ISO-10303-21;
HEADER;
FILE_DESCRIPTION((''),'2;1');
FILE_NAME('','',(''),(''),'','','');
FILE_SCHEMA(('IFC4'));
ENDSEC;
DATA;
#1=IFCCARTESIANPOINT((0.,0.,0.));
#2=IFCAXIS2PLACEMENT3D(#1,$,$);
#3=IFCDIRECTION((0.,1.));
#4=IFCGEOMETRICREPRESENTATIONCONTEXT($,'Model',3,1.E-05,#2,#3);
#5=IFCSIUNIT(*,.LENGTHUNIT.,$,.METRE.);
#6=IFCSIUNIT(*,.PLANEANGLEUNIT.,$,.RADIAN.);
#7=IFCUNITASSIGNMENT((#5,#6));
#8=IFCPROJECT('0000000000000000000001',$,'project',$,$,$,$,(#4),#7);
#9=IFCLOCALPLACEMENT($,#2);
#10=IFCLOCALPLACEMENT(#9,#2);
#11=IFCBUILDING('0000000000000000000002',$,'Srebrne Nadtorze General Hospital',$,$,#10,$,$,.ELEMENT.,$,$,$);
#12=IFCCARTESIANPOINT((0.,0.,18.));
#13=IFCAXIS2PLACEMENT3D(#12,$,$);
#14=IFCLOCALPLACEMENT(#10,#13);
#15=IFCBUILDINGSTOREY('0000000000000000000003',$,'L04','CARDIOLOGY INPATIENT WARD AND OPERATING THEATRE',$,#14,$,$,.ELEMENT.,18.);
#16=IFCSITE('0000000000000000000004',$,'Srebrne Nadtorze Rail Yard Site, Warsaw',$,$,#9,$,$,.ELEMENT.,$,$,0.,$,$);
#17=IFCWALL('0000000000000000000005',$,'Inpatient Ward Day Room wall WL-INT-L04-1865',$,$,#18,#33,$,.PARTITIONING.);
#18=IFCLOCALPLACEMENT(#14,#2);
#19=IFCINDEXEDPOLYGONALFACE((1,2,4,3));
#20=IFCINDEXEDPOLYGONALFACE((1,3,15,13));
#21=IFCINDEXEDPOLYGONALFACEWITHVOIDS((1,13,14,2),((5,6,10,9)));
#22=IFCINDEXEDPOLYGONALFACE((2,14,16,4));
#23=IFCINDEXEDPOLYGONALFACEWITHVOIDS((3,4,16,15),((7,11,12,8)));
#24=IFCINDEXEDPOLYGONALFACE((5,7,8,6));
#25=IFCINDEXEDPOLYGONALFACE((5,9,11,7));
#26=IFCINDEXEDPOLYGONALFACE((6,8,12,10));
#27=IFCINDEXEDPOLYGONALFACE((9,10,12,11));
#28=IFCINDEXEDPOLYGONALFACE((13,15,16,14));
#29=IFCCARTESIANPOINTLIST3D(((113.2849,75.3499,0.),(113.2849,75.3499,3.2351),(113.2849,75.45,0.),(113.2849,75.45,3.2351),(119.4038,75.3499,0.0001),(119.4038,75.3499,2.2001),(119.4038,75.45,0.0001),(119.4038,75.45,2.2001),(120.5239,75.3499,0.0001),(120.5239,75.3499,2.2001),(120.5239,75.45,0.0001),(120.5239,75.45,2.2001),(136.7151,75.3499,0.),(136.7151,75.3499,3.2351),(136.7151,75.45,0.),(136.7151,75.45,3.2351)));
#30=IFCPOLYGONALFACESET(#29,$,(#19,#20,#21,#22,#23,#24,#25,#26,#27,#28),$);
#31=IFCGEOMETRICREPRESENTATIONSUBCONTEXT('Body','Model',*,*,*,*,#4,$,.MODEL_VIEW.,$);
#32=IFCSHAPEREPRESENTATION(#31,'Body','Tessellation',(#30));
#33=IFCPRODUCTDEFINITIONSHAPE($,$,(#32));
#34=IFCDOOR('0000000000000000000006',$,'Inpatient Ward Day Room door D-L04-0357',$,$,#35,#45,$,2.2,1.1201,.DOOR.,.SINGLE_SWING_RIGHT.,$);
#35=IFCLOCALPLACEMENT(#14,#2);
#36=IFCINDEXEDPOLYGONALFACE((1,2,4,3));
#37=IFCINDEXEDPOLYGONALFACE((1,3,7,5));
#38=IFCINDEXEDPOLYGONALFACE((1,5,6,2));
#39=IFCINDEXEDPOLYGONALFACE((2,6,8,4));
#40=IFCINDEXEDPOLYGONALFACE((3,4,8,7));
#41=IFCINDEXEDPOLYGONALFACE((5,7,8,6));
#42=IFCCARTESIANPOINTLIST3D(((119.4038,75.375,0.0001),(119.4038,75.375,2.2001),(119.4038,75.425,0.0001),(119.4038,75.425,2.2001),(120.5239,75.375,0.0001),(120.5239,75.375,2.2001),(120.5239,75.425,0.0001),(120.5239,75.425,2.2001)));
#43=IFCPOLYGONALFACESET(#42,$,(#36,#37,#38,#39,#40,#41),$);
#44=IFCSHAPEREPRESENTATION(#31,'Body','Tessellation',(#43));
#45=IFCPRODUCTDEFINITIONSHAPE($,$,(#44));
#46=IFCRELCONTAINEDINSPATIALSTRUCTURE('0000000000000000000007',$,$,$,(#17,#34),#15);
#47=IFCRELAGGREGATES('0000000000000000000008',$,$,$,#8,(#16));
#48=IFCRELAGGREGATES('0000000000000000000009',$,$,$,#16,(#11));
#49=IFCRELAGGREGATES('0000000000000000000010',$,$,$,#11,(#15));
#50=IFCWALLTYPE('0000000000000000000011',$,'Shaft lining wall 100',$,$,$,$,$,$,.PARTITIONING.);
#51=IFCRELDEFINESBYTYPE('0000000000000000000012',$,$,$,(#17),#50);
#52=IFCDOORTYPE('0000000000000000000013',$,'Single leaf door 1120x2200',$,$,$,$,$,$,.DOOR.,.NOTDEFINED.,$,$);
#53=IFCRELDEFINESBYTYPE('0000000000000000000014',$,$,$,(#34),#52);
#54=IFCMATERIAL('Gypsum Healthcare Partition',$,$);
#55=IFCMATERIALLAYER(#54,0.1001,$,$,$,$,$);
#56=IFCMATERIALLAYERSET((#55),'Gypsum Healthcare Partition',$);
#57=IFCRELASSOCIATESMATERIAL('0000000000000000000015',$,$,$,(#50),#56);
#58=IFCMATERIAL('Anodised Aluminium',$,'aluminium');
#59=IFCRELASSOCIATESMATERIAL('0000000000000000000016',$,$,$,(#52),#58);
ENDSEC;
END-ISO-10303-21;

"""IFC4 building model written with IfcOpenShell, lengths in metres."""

from ifc_helpers import new_model, si_unit, direction, frame, frame_2d, origin, place, context, subcontext, project, spatial, rectangle, extrude, material, layer, layer_set, type_object, element, fill, save


model = new_model("IFC4")

# Units and contexts
model_context = context("Model", 3, precision=1e-05, world=origin(), true_north=direction((0.0, 1.0)))
body_context = subcontext(model_context, "Body", "Model", "MODEL_VIEW")
ifc_project = project(units=[si_unit("LENGTHUNIT", "METRE"), si_unit("PLANEANGLEUNIT", "RADIAN")], contexts=[model_context])

# Site, building, storey
site_placement = place(None, origin())
site = spatial("IfcSite", under=ifc_project, at=site_placement, Name="Srebrne Nadtorze Rail Yard Site, Warsaw", CompositionType="ELEMENT", RefElevation=0.0)
building_placement = place(site_placement, origin())
building = spatial("IfcBuilding", under=site, at=building_placement, Name="Srebrne Nadtorze General Hospital", CompositionType="ELEMENT")
storey_placement = place(building_placement, frame((0.0, 0.0, 18.0)))
storey = spatial("IfcBuildingStorey", under=building, at=storey_placement, Name="L04", Description="CARDIOLOGY INPATIENT WARD AND OPERATING THEATRE", CompositionType="ELEMENT", Elevation=18.0)

# Wall, opening, door
ifc_material_1 = material(Name="Gypsum Healthcare Partition")
ifc_layer_1 = layer(ifc_material_1, 0.1001)
ifc_layer_set_1 = layer_set([ifc_layer_1], Name="Gypsum Healthcare Partition")
wall_type_1 = type_object("IfcWallType", Name="Shaft lining wall 100", PredefinedType="PARTITIONING", material=ifc_layer_set_1)
wall_1_placement = place(storey_placement, frame((113.2849, 75.3999, 0.0), z_axis=(0.0, 0.0, 1.0), x_axis=(1.0, 0.0, 0.0)))
wall_1 = element("IfcWall", 1, at=wall_1_placement, inside=storey, type_object=wall_type_1, Name="Inpatient Ward Day Room wall WL-INT-L04-1865", PredefinedType="PARTITIONING", context=body_context, shape_type="SweptSolid", body=[
    extrude(rectangle(XDim=23.4302, YDim=0.1001, at=frame_2d((11.7151, 0.0))), origin(), (0.0, 0.0, 1.0), 3.2351),
])
opening_1_placement = place(wall_1_placement, frame((6.1189, 0.0, 0.0)))
opening_1 = element("IfcOpeningElement", 2, at=opening_1_placement, cuts=wall_1, PredefinedType="OPENING", context=body_context, shape_type="SweptSolid", body=[
    extrude(rectangle(XDim=1.1201, YDim=2.2, at=frame_2d((0.5601, 1.1001))), frame((0.0, 0.062, 0.0), z_axis=(0.0, -1.0, 0.0), x_axis=(1.0, 0.0, 0.0)), (0.0, 0.0, 1.0), 0.124),
])
ifc_material_2 = material(Name="Anodised Aluminium", Category="aluminium")
door_type_1 = type_object("IfcDoorType", Name="Single leaf door 1120x2200", OperationType="NOTDEFINED", PredefinedType="DOOR", material=ifc_material_2)
door_1_placement = place(opening_1_placement, frame((1.1201, 0.0, 0.0), z_axis=(0.0, 0.0, 1.0), x_axis=(-1.0, 0.0, 0.0)))
door_1 = element("IfcDoor", 3, at=door_1_placement, inside=storey, type_object=door_type_1, Name="Inpatient Ward Day Room door D-L04-0357", OperationType="SINGLE_SWING_RIGHT", OverallHeight=2.2, OverallWidth=1.1201, PredefinedType="DOOR", context=body_context, shape_type="SweptSolid", body=[
    extrude(rectangle(XDim=1.1201, YDim=2.2, at=frame_2d((0.5601, 1.1001))), frame((0.0, 0.0249, 0.0), z_axis=(0.0, -1.0, 0.0), x_axis=(1.0, 0.0, 0.0)), (0.0, 0.0, 1.0), 0.05),
])
fill(opening_1, door_1)

save(model, "model.ifc")
